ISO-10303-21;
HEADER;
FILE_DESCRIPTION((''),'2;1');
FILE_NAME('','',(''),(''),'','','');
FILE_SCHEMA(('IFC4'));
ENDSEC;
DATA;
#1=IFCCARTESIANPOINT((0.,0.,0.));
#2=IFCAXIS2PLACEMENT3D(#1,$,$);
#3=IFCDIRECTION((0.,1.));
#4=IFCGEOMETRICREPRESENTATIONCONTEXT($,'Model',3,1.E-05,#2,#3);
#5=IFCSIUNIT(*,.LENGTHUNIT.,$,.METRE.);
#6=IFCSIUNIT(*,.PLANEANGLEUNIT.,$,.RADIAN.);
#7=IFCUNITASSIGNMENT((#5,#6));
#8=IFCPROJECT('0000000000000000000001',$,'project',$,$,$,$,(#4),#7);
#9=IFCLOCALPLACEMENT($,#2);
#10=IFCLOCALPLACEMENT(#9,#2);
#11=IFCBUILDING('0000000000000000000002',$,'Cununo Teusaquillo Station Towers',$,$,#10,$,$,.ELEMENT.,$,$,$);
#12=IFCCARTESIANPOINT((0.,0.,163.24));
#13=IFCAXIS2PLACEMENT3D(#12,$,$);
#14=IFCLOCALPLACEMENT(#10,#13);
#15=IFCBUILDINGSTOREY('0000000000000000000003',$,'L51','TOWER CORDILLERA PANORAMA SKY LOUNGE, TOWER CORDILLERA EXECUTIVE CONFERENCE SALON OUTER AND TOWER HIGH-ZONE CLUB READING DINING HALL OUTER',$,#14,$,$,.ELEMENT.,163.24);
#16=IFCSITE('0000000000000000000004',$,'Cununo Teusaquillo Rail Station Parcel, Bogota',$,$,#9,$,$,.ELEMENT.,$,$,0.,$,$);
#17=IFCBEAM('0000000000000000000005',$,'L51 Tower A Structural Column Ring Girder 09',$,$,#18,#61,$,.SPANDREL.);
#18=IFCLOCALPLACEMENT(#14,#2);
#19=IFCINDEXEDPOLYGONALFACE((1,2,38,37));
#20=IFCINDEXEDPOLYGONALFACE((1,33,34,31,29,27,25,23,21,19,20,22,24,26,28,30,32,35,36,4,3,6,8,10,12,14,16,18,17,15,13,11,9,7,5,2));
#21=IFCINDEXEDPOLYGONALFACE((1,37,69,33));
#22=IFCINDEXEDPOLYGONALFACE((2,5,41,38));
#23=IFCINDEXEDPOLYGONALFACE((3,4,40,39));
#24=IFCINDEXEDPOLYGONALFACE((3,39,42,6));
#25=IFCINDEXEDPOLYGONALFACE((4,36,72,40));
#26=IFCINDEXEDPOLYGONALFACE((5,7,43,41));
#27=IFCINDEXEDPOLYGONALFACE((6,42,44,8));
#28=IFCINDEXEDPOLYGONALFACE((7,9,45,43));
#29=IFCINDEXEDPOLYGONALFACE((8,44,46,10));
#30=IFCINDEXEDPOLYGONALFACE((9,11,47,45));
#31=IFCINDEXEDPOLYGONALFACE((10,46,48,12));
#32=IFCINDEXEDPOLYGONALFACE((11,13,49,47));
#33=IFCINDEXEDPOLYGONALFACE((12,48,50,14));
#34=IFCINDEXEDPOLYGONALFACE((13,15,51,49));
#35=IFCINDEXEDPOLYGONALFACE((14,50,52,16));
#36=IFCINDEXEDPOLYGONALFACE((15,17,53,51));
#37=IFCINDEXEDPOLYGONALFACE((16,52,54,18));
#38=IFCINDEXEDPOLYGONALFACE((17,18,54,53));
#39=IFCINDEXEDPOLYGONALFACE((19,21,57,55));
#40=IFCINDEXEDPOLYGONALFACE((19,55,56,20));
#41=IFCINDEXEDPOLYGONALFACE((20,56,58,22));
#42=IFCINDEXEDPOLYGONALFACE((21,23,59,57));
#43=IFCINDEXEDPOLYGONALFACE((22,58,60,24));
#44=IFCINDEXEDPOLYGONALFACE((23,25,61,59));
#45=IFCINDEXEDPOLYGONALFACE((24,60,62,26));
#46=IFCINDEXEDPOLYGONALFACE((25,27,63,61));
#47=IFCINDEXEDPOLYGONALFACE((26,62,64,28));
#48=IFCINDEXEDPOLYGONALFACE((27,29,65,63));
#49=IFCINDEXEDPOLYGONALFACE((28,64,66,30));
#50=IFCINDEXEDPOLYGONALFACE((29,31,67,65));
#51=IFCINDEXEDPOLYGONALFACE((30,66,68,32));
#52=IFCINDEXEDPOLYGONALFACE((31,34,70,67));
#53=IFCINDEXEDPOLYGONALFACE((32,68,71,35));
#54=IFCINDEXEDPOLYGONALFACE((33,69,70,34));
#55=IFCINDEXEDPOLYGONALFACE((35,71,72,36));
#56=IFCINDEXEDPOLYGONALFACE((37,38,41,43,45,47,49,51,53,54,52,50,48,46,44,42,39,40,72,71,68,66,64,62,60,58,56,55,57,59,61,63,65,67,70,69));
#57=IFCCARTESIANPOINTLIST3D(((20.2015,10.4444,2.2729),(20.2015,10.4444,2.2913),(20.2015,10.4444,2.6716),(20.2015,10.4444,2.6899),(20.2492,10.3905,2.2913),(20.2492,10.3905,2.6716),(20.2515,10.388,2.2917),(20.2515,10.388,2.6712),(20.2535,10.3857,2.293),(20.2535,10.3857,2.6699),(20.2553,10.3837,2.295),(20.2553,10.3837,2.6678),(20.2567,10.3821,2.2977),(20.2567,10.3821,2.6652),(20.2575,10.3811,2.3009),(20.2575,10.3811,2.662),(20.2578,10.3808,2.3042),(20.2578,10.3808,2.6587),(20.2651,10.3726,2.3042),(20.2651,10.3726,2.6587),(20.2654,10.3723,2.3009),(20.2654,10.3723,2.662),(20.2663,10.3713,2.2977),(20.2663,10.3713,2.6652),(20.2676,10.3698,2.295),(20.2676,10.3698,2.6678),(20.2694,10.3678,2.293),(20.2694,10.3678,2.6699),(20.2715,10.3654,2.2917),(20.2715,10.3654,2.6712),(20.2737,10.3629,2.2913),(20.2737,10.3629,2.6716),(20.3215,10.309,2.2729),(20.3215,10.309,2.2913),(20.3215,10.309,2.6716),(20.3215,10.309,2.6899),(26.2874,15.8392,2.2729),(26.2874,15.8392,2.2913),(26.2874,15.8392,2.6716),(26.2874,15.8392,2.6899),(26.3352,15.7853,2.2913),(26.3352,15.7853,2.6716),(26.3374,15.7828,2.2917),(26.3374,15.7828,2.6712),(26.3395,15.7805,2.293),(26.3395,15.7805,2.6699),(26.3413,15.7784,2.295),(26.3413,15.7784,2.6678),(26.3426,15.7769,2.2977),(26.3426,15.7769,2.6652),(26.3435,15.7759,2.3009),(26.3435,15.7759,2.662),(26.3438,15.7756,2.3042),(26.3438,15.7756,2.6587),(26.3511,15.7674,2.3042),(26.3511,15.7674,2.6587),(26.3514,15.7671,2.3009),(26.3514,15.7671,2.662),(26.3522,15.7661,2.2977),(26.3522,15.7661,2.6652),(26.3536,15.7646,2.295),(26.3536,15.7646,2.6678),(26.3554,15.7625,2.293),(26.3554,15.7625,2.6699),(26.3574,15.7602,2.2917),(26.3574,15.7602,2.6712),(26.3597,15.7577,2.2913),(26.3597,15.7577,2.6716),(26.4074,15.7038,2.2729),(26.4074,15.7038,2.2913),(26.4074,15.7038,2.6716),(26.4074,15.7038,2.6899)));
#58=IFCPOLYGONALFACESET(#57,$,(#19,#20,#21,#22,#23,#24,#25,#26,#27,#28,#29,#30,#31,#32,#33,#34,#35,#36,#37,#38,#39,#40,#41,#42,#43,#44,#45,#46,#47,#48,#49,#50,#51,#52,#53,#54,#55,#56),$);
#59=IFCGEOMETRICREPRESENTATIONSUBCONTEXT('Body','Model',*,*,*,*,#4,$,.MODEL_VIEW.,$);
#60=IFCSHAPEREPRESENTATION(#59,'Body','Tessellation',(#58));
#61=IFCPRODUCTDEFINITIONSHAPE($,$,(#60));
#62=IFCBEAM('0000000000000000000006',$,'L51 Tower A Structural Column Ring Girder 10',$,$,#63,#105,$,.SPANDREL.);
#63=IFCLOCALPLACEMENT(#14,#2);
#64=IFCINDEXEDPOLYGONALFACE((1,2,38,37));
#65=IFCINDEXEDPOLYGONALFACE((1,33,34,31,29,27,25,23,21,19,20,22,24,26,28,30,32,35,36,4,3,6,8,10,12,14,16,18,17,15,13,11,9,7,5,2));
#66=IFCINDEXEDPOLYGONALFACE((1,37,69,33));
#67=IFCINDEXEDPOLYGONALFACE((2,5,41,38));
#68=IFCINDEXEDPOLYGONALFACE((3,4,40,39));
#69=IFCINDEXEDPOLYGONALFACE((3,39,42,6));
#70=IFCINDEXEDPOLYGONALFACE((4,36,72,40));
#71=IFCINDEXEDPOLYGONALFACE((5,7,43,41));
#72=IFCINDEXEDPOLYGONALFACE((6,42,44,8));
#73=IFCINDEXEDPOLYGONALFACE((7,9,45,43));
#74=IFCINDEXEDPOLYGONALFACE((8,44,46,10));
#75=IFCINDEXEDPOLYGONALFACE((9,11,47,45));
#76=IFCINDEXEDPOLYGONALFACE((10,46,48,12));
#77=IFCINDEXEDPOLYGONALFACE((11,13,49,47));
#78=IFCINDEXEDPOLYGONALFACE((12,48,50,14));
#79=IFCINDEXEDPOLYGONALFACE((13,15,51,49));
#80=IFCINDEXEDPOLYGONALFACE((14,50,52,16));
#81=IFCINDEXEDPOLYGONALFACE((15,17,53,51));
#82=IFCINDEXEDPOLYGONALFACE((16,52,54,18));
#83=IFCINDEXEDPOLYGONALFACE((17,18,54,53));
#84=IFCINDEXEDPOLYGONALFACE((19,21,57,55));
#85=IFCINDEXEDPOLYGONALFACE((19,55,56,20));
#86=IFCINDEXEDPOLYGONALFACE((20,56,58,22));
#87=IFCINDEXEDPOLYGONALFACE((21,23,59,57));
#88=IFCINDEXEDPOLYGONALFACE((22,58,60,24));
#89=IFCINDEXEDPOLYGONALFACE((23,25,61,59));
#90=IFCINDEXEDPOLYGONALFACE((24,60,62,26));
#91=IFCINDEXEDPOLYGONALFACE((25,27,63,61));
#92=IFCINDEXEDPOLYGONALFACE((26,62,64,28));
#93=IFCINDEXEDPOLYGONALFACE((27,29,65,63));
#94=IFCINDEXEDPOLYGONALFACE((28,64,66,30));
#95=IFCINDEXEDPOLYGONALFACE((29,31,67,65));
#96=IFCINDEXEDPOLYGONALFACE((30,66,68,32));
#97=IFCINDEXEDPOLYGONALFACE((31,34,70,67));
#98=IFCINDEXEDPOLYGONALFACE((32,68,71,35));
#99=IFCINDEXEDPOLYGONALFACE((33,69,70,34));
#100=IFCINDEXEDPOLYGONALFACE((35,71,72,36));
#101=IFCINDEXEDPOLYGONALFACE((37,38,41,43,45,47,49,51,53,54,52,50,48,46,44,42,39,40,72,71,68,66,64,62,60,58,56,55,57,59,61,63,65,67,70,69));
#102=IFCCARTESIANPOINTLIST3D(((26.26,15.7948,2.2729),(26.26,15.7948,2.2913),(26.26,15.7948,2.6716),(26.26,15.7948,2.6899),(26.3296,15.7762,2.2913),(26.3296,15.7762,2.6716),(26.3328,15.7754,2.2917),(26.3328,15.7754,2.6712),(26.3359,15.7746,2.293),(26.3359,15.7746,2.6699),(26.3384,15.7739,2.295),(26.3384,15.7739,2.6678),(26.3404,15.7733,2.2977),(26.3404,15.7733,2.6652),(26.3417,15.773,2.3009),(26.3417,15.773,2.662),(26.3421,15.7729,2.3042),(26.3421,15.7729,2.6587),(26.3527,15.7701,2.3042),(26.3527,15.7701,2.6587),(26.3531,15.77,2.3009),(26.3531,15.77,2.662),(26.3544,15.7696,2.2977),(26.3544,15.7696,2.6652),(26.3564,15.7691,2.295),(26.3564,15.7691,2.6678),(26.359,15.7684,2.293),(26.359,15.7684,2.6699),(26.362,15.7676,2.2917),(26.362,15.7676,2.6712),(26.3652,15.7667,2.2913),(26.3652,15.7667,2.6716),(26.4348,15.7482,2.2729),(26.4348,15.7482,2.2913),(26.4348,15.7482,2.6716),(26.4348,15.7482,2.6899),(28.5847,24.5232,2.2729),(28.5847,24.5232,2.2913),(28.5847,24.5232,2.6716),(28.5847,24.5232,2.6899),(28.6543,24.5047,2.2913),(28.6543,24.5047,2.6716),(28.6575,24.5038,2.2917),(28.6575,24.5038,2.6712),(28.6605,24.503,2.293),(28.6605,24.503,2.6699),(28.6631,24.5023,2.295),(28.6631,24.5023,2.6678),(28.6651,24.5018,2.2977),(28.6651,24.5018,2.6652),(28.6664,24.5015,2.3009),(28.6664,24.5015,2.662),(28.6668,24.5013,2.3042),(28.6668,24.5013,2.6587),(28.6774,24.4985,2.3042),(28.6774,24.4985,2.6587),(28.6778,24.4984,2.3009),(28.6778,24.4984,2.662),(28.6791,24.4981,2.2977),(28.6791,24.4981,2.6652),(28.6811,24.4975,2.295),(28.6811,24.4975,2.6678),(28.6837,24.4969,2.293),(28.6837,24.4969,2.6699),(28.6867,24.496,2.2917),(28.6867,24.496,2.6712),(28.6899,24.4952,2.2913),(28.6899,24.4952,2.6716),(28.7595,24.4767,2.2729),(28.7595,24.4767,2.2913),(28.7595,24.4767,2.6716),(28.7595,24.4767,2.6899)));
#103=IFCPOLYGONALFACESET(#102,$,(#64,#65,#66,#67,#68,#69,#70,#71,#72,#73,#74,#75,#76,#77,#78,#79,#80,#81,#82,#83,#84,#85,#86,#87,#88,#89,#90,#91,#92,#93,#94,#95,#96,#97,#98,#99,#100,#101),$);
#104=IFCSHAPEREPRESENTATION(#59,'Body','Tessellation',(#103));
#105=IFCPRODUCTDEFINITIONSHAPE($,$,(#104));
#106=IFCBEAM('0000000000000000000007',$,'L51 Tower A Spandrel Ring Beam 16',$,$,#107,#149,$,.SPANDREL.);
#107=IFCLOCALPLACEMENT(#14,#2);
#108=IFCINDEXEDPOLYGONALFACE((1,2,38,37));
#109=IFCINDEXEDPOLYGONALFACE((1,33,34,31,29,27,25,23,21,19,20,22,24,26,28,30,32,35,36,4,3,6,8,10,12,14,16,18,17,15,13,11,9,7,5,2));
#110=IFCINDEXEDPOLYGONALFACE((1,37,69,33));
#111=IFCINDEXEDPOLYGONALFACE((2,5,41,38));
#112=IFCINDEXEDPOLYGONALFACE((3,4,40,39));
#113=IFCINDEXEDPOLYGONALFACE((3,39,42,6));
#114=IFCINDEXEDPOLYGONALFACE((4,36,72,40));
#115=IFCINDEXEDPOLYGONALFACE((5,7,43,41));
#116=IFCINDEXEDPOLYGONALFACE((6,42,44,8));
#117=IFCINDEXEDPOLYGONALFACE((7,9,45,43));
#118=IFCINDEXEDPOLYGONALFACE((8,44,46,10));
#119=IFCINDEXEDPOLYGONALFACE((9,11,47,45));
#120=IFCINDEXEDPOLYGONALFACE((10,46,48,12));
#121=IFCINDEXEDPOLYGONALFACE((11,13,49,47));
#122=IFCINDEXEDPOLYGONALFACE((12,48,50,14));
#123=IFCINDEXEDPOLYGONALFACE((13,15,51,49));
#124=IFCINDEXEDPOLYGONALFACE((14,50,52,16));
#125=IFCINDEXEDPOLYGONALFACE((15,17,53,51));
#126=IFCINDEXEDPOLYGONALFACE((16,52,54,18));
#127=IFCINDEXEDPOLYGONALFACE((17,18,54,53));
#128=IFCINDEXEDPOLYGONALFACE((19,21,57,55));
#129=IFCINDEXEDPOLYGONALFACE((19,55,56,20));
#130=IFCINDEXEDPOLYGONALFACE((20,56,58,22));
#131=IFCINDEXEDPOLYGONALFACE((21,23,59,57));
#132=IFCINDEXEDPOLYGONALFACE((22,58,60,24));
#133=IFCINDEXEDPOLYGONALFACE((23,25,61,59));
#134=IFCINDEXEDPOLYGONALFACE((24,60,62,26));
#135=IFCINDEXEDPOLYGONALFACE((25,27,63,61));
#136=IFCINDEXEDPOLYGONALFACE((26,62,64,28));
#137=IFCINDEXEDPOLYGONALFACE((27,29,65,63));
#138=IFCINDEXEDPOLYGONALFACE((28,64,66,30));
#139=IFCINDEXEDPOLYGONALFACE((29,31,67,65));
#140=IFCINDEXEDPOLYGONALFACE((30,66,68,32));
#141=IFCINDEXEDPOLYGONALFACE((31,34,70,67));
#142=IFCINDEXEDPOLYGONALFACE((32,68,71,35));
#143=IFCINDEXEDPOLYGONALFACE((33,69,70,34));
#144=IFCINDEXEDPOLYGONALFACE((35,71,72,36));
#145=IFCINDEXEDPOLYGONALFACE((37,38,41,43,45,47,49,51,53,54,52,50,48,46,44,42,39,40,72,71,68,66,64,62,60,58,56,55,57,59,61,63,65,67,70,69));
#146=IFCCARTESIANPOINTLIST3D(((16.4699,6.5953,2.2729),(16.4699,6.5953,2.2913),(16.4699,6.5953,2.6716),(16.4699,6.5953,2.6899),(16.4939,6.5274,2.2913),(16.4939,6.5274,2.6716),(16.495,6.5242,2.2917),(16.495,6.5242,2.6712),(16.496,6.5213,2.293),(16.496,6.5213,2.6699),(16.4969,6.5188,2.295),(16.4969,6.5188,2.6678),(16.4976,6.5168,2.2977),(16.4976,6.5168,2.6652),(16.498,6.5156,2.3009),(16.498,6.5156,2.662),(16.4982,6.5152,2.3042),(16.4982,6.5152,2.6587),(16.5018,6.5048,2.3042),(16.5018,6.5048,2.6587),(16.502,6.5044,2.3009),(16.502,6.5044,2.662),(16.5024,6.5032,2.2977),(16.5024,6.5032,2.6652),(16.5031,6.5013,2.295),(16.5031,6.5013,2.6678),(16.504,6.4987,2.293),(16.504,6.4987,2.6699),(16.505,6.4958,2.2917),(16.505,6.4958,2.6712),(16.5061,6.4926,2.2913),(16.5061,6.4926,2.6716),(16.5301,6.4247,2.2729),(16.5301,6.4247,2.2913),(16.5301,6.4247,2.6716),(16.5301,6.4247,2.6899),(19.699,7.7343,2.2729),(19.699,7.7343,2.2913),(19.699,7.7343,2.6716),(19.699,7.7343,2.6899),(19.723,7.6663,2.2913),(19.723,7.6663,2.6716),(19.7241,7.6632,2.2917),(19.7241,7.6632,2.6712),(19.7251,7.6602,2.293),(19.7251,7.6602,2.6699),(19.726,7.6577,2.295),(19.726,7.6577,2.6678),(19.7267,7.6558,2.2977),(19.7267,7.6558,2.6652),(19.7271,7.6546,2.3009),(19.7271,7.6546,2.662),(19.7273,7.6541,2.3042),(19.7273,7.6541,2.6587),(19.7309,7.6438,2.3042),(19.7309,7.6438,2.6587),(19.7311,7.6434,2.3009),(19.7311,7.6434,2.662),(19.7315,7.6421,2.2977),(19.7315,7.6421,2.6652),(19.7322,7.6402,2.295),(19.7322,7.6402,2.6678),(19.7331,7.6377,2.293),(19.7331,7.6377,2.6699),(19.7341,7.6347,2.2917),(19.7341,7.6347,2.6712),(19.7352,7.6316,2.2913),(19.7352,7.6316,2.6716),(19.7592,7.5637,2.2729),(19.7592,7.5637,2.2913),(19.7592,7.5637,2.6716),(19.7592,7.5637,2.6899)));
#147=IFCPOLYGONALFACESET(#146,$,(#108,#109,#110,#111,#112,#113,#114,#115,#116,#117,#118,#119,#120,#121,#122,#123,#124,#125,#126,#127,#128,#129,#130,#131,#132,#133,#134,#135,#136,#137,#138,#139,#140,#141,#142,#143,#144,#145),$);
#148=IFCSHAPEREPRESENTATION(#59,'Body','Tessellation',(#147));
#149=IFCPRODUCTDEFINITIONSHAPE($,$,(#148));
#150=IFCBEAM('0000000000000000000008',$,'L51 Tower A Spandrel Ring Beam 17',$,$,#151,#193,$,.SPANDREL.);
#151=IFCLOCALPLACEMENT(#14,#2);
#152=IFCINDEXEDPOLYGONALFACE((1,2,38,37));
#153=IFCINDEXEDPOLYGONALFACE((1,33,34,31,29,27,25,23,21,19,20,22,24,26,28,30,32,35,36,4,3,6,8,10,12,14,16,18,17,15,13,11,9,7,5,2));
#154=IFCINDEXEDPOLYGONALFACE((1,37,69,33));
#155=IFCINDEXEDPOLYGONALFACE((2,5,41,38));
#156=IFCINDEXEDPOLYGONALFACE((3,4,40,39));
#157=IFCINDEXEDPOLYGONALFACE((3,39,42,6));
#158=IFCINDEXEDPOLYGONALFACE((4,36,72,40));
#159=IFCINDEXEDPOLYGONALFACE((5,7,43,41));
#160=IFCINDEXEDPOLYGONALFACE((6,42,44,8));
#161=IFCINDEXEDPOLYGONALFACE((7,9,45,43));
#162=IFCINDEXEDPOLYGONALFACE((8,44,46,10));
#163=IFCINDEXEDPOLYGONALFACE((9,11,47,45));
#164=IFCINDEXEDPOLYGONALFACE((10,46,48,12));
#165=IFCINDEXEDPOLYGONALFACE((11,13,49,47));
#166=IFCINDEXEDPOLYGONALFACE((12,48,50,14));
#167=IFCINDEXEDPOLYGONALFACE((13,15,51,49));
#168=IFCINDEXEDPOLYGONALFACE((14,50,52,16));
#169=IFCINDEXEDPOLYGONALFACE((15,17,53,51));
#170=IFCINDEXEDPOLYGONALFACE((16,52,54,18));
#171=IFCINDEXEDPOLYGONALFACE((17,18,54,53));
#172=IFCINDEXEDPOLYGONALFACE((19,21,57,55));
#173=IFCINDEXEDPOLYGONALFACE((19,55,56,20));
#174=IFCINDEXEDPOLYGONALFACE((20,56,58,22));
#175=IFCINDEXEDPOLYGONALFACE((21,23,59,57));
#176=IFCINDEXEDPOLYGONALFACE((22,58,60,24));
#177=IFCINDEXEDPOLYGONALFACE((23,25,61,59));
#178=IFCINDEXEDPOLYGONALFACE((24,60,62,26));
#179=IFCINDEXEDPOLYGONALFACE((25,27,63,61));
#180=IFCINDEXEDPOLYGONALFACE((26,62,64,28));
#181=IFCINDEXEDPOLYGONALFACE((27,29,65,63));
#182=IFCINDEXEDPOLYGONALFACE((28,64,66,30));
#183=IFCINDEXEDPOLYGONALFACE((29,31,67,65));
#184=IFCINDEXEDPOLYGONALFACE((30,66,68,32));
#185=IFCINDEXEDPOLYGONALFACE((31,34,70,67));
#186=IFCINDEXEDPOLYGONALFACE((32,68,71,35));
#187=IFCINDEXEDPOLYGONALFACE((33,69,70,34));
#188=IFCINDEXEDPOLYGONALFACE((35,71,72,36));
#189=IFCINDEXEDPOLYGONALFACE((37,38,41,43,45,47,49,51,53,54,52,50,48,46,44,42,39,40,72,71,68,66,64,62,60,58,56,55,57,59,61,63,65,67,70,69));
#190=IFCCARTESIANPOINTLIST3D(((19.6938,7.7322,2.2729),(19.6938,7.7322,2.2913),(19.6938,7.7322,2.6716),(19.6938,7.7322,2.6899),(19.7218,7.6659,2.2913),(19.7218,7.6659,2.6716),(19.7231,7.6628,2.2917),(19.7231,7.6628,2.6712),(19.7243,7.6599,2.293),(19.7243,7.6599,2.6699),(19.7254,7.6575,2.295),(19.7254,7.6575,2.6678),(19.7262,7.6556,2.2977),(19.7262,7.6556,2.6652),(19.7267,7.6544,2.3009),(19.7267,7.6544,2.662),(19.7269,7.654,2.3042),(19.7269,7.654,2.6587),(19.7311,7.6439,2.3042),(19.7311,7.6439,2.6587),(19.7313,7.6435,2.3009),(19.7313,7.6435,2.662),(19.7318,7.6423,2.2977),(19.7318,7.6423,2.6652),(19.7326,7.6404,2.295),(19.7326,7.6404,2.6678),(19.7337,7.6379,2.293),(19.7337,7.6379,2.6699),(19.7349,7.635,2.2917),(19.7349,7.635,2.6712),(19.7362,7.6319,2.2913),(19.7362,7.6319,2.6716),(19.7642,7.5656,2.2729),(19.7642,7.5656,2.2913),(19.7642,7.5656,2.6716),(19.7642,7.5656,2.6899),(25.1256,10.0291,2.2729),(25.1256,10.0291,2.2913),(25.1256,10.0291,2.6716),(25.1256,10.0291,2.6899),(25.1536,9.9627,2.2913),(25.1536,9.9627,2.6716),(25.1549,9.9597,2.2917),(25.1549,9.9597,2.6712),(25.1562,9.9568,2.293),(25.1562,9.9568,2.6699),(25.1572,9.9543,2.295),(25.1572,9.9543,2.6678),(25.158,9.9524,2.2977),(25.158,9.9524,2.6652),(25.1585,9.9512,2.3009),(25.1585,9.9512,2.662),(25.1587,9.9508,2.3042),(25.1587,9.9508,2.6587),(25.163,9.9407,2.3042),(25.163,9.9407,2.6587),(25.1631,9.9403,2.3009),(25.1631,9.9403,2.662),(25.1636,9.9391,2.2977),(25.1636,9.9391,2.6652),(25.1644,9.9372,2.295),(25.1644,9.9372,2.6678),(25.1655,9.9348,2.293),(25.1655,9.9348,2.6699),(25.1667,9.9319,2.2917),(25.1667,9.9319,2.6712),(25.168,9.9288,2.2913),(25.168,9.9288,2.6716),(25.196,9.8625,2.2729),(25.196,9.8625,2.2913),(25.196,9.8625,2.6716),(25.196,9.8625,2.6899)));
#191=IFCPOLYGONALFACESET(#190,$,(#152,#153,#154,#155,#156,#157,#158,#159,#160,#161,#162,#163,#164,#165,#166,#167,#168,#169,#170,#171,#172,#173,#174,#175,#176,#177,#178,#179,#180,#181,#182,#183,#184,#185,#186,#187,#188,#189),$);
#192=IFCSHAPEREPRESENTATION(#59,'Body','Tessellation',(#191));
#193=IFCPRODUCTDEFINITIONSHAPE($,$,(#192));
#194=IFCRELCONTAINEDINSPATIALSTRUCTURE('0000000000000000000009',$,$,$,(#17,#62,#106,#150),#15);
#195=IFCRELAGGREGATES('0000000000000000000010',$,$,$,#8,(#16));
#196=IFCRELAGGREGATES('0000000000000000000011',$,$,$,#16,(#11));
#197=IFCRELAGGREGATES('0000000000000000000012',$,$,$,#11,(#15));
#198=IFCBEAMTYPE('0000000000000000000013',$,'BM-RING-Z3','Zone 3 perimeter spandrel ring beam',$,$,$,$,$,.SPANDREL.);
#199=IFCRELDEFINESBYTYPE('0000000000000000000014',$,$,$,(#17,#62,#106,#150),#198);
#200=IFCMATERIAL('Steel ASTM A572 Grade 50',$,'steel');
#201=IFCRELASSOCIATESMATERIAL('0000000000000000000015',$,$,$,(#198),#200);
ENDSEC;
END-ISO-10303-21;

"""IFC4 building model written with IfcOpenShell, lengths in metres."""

from ifc_helpers import new_model, si_unit, direction, frame, origin, origin_2d, place, context, subcontext, project, spatial, i_section, extrude, material, material_profile, profile_set, type_object, element, save


model = new_model("IFC4")

# Units and contexts
model_context = context("Model", 3, precision=1e-05, world=origin(), true_north=direction((0.0, 1.0)))
body_context = subcontext(model_context, "Body", "Model", "MODEL_VIEW")
ifc_project = project(units=[si_unit("LENGTHUNIT", "METRE"), si_unit("PLANEANGLEUNIT", "RADIAN")], contexts=[model_context])

# Site, building, storey
site_placement = place(None, origin())
site = spatial("IfcSite", under=ifc_project, at=site_placement, Name="Cununo Teusaquillo Rail Station Parcel, Bogota", CompositionType="ELEMENT", RefElevation=0.0)
building_placement = place(site_placement, origin())
building = spatial("IfcBuilding", under=site, at=building_placement, Name="Cununo Teusaquillo Station Towers", CompositionType="ELEMENT")
storey_placement = place(building_placement, frame((0.0, 0.0, 163.24)))
storey = spatial("IfcBuildingStorey", under=building, at=storey_placement, Name="L51", Description="TOWER CORDILLERA PANORAMA SKY LOUNGE, TOWER CORDILLERA EXECUTIVE CONFERENCE SALON OUTER AND TOWER HIGH-ZONE CLUB READING DINING HALL OUTER", CompositionType="ELEMENT", Elevation=163.24)

# Beams
ifc_material_1 = material(Name="Steel ASTM A572 Grade 50", Category="steel")
ifc_material_profile_1 = material_profile(ifc_material_1, i_section(OverallWidth=0.1809, OverallDepth=0.417, WebThickness=0.011, FlangeThickness=0.0183, FilletRadius=0.0129, at=origin_2d()), Name="W16X57")
ifc_profile_set_1 = profile_set([ifc_material_profile_1], Name="Steel ASTM A572 Grade 50")
beam_type_1 = type_object("IfcBeamType", Name="BM-RING-Z3", Description="Zone 3 perimeter spandrel ring beam", PredefinedType="SPANDREL", material=ifc_profile_set_1)
beam_1_placement = place(storey_placement, frame((20.2615, 10.3767, 2.4814), z_axis=(0.748321, 0.663337, 0.0), x_axis=(-0.663337, 0.748321, 0.0)))
element("IfcBeam", 1, at=beam_1_placement, inside=storey, type_object=beam_type_1, Name="L51 Tower A Structural Column Ring Girder 09", PredefinedType="SPANDREL", context=body_context, shape_type="SweptSolid", body=[
    extrude(i_section(OverallWidth=0.1809, OverallDepth=0.417, WebThickness=0.011, FlangeThickness=0.0183, FilletRadius=0.0129, at=origin_2d()), origin(), (0.0, 0.0, 1.0), 8.1328),
])
beam_2_placement = place(storey_placement, frame((26.3474, 15.7715, 2.4814), z_axis=(0.257363, 0.966315, 0.0), x_axis=(-0.966315, 0.257363, 0.0)))
element("IfcBeam", 2, at=beam_2_placement, inside=storey, type_object=beam_type_1, Name="L51 Tower A Structural Column Ring Girder 10", PredefinedType="SPANDREL", context=body_context, shape_type="SweptSolid", body=[
    extrude(i_section(OverallWidth=0.1809, OverallDepth=0.417, WebThickness=0.011, FlangeThickness=0.0183, FilletRadius=0.0129, at=origin_2d()), origin(), (0.0, 0.0, 1.0), 9.0327),
])
beam_3_placement = place(storey_placement, frame((16.5, 6.51, 2.4814), z_axis=(0.943057, 0.33263, 0.0), x_axis=(-0.33263, 0.943057, 0.0)))
element("IfcBeam", 3, at=beam_3_placement, inside=storey, type_object=beam_type_1, Name="L51 Tower A Spandrel Ring Beam 16", PredefinedType="SPANDREL", context=body_context, shape_type="SweptSolid", body=[
    extrude(i_section(OverallWidth=0.1809, OverallDepth=0.417, WebThickness=0.011, FlangeThickness=0.0183, FilletRadius=0.0129, at=origin_2d()), origin(), (0.0, 0.0, 1.0), 3.4241),
])
beam_4_placement = place(storey_placement, frame((19.729, 7.6489, 2.4814), z_axis=(0.921042, 0.389463, 0.0), x_axis=(-0.389463, 0.921042, 0.0)))
element("IfcBeam", 4, at=beam_4_placement, inside=storey, type_object=beam_type_1, Name="L51 Tower A Spandrel Ring Beam 17", PredefinedType="SPANDREL", context=body_context, shape_type="SweptSolid", body=[
    extrude(i_section(OverallWidth=0.1809, OverallDepth=0.417, WebThickness=0.011, FlangeThickness=0.0183, FilletRadius=0.0129, at=origin_2d()), origin(), (0.0, 0.0, 1.0), 5.8975),
])

save(model, "model.ifc")
